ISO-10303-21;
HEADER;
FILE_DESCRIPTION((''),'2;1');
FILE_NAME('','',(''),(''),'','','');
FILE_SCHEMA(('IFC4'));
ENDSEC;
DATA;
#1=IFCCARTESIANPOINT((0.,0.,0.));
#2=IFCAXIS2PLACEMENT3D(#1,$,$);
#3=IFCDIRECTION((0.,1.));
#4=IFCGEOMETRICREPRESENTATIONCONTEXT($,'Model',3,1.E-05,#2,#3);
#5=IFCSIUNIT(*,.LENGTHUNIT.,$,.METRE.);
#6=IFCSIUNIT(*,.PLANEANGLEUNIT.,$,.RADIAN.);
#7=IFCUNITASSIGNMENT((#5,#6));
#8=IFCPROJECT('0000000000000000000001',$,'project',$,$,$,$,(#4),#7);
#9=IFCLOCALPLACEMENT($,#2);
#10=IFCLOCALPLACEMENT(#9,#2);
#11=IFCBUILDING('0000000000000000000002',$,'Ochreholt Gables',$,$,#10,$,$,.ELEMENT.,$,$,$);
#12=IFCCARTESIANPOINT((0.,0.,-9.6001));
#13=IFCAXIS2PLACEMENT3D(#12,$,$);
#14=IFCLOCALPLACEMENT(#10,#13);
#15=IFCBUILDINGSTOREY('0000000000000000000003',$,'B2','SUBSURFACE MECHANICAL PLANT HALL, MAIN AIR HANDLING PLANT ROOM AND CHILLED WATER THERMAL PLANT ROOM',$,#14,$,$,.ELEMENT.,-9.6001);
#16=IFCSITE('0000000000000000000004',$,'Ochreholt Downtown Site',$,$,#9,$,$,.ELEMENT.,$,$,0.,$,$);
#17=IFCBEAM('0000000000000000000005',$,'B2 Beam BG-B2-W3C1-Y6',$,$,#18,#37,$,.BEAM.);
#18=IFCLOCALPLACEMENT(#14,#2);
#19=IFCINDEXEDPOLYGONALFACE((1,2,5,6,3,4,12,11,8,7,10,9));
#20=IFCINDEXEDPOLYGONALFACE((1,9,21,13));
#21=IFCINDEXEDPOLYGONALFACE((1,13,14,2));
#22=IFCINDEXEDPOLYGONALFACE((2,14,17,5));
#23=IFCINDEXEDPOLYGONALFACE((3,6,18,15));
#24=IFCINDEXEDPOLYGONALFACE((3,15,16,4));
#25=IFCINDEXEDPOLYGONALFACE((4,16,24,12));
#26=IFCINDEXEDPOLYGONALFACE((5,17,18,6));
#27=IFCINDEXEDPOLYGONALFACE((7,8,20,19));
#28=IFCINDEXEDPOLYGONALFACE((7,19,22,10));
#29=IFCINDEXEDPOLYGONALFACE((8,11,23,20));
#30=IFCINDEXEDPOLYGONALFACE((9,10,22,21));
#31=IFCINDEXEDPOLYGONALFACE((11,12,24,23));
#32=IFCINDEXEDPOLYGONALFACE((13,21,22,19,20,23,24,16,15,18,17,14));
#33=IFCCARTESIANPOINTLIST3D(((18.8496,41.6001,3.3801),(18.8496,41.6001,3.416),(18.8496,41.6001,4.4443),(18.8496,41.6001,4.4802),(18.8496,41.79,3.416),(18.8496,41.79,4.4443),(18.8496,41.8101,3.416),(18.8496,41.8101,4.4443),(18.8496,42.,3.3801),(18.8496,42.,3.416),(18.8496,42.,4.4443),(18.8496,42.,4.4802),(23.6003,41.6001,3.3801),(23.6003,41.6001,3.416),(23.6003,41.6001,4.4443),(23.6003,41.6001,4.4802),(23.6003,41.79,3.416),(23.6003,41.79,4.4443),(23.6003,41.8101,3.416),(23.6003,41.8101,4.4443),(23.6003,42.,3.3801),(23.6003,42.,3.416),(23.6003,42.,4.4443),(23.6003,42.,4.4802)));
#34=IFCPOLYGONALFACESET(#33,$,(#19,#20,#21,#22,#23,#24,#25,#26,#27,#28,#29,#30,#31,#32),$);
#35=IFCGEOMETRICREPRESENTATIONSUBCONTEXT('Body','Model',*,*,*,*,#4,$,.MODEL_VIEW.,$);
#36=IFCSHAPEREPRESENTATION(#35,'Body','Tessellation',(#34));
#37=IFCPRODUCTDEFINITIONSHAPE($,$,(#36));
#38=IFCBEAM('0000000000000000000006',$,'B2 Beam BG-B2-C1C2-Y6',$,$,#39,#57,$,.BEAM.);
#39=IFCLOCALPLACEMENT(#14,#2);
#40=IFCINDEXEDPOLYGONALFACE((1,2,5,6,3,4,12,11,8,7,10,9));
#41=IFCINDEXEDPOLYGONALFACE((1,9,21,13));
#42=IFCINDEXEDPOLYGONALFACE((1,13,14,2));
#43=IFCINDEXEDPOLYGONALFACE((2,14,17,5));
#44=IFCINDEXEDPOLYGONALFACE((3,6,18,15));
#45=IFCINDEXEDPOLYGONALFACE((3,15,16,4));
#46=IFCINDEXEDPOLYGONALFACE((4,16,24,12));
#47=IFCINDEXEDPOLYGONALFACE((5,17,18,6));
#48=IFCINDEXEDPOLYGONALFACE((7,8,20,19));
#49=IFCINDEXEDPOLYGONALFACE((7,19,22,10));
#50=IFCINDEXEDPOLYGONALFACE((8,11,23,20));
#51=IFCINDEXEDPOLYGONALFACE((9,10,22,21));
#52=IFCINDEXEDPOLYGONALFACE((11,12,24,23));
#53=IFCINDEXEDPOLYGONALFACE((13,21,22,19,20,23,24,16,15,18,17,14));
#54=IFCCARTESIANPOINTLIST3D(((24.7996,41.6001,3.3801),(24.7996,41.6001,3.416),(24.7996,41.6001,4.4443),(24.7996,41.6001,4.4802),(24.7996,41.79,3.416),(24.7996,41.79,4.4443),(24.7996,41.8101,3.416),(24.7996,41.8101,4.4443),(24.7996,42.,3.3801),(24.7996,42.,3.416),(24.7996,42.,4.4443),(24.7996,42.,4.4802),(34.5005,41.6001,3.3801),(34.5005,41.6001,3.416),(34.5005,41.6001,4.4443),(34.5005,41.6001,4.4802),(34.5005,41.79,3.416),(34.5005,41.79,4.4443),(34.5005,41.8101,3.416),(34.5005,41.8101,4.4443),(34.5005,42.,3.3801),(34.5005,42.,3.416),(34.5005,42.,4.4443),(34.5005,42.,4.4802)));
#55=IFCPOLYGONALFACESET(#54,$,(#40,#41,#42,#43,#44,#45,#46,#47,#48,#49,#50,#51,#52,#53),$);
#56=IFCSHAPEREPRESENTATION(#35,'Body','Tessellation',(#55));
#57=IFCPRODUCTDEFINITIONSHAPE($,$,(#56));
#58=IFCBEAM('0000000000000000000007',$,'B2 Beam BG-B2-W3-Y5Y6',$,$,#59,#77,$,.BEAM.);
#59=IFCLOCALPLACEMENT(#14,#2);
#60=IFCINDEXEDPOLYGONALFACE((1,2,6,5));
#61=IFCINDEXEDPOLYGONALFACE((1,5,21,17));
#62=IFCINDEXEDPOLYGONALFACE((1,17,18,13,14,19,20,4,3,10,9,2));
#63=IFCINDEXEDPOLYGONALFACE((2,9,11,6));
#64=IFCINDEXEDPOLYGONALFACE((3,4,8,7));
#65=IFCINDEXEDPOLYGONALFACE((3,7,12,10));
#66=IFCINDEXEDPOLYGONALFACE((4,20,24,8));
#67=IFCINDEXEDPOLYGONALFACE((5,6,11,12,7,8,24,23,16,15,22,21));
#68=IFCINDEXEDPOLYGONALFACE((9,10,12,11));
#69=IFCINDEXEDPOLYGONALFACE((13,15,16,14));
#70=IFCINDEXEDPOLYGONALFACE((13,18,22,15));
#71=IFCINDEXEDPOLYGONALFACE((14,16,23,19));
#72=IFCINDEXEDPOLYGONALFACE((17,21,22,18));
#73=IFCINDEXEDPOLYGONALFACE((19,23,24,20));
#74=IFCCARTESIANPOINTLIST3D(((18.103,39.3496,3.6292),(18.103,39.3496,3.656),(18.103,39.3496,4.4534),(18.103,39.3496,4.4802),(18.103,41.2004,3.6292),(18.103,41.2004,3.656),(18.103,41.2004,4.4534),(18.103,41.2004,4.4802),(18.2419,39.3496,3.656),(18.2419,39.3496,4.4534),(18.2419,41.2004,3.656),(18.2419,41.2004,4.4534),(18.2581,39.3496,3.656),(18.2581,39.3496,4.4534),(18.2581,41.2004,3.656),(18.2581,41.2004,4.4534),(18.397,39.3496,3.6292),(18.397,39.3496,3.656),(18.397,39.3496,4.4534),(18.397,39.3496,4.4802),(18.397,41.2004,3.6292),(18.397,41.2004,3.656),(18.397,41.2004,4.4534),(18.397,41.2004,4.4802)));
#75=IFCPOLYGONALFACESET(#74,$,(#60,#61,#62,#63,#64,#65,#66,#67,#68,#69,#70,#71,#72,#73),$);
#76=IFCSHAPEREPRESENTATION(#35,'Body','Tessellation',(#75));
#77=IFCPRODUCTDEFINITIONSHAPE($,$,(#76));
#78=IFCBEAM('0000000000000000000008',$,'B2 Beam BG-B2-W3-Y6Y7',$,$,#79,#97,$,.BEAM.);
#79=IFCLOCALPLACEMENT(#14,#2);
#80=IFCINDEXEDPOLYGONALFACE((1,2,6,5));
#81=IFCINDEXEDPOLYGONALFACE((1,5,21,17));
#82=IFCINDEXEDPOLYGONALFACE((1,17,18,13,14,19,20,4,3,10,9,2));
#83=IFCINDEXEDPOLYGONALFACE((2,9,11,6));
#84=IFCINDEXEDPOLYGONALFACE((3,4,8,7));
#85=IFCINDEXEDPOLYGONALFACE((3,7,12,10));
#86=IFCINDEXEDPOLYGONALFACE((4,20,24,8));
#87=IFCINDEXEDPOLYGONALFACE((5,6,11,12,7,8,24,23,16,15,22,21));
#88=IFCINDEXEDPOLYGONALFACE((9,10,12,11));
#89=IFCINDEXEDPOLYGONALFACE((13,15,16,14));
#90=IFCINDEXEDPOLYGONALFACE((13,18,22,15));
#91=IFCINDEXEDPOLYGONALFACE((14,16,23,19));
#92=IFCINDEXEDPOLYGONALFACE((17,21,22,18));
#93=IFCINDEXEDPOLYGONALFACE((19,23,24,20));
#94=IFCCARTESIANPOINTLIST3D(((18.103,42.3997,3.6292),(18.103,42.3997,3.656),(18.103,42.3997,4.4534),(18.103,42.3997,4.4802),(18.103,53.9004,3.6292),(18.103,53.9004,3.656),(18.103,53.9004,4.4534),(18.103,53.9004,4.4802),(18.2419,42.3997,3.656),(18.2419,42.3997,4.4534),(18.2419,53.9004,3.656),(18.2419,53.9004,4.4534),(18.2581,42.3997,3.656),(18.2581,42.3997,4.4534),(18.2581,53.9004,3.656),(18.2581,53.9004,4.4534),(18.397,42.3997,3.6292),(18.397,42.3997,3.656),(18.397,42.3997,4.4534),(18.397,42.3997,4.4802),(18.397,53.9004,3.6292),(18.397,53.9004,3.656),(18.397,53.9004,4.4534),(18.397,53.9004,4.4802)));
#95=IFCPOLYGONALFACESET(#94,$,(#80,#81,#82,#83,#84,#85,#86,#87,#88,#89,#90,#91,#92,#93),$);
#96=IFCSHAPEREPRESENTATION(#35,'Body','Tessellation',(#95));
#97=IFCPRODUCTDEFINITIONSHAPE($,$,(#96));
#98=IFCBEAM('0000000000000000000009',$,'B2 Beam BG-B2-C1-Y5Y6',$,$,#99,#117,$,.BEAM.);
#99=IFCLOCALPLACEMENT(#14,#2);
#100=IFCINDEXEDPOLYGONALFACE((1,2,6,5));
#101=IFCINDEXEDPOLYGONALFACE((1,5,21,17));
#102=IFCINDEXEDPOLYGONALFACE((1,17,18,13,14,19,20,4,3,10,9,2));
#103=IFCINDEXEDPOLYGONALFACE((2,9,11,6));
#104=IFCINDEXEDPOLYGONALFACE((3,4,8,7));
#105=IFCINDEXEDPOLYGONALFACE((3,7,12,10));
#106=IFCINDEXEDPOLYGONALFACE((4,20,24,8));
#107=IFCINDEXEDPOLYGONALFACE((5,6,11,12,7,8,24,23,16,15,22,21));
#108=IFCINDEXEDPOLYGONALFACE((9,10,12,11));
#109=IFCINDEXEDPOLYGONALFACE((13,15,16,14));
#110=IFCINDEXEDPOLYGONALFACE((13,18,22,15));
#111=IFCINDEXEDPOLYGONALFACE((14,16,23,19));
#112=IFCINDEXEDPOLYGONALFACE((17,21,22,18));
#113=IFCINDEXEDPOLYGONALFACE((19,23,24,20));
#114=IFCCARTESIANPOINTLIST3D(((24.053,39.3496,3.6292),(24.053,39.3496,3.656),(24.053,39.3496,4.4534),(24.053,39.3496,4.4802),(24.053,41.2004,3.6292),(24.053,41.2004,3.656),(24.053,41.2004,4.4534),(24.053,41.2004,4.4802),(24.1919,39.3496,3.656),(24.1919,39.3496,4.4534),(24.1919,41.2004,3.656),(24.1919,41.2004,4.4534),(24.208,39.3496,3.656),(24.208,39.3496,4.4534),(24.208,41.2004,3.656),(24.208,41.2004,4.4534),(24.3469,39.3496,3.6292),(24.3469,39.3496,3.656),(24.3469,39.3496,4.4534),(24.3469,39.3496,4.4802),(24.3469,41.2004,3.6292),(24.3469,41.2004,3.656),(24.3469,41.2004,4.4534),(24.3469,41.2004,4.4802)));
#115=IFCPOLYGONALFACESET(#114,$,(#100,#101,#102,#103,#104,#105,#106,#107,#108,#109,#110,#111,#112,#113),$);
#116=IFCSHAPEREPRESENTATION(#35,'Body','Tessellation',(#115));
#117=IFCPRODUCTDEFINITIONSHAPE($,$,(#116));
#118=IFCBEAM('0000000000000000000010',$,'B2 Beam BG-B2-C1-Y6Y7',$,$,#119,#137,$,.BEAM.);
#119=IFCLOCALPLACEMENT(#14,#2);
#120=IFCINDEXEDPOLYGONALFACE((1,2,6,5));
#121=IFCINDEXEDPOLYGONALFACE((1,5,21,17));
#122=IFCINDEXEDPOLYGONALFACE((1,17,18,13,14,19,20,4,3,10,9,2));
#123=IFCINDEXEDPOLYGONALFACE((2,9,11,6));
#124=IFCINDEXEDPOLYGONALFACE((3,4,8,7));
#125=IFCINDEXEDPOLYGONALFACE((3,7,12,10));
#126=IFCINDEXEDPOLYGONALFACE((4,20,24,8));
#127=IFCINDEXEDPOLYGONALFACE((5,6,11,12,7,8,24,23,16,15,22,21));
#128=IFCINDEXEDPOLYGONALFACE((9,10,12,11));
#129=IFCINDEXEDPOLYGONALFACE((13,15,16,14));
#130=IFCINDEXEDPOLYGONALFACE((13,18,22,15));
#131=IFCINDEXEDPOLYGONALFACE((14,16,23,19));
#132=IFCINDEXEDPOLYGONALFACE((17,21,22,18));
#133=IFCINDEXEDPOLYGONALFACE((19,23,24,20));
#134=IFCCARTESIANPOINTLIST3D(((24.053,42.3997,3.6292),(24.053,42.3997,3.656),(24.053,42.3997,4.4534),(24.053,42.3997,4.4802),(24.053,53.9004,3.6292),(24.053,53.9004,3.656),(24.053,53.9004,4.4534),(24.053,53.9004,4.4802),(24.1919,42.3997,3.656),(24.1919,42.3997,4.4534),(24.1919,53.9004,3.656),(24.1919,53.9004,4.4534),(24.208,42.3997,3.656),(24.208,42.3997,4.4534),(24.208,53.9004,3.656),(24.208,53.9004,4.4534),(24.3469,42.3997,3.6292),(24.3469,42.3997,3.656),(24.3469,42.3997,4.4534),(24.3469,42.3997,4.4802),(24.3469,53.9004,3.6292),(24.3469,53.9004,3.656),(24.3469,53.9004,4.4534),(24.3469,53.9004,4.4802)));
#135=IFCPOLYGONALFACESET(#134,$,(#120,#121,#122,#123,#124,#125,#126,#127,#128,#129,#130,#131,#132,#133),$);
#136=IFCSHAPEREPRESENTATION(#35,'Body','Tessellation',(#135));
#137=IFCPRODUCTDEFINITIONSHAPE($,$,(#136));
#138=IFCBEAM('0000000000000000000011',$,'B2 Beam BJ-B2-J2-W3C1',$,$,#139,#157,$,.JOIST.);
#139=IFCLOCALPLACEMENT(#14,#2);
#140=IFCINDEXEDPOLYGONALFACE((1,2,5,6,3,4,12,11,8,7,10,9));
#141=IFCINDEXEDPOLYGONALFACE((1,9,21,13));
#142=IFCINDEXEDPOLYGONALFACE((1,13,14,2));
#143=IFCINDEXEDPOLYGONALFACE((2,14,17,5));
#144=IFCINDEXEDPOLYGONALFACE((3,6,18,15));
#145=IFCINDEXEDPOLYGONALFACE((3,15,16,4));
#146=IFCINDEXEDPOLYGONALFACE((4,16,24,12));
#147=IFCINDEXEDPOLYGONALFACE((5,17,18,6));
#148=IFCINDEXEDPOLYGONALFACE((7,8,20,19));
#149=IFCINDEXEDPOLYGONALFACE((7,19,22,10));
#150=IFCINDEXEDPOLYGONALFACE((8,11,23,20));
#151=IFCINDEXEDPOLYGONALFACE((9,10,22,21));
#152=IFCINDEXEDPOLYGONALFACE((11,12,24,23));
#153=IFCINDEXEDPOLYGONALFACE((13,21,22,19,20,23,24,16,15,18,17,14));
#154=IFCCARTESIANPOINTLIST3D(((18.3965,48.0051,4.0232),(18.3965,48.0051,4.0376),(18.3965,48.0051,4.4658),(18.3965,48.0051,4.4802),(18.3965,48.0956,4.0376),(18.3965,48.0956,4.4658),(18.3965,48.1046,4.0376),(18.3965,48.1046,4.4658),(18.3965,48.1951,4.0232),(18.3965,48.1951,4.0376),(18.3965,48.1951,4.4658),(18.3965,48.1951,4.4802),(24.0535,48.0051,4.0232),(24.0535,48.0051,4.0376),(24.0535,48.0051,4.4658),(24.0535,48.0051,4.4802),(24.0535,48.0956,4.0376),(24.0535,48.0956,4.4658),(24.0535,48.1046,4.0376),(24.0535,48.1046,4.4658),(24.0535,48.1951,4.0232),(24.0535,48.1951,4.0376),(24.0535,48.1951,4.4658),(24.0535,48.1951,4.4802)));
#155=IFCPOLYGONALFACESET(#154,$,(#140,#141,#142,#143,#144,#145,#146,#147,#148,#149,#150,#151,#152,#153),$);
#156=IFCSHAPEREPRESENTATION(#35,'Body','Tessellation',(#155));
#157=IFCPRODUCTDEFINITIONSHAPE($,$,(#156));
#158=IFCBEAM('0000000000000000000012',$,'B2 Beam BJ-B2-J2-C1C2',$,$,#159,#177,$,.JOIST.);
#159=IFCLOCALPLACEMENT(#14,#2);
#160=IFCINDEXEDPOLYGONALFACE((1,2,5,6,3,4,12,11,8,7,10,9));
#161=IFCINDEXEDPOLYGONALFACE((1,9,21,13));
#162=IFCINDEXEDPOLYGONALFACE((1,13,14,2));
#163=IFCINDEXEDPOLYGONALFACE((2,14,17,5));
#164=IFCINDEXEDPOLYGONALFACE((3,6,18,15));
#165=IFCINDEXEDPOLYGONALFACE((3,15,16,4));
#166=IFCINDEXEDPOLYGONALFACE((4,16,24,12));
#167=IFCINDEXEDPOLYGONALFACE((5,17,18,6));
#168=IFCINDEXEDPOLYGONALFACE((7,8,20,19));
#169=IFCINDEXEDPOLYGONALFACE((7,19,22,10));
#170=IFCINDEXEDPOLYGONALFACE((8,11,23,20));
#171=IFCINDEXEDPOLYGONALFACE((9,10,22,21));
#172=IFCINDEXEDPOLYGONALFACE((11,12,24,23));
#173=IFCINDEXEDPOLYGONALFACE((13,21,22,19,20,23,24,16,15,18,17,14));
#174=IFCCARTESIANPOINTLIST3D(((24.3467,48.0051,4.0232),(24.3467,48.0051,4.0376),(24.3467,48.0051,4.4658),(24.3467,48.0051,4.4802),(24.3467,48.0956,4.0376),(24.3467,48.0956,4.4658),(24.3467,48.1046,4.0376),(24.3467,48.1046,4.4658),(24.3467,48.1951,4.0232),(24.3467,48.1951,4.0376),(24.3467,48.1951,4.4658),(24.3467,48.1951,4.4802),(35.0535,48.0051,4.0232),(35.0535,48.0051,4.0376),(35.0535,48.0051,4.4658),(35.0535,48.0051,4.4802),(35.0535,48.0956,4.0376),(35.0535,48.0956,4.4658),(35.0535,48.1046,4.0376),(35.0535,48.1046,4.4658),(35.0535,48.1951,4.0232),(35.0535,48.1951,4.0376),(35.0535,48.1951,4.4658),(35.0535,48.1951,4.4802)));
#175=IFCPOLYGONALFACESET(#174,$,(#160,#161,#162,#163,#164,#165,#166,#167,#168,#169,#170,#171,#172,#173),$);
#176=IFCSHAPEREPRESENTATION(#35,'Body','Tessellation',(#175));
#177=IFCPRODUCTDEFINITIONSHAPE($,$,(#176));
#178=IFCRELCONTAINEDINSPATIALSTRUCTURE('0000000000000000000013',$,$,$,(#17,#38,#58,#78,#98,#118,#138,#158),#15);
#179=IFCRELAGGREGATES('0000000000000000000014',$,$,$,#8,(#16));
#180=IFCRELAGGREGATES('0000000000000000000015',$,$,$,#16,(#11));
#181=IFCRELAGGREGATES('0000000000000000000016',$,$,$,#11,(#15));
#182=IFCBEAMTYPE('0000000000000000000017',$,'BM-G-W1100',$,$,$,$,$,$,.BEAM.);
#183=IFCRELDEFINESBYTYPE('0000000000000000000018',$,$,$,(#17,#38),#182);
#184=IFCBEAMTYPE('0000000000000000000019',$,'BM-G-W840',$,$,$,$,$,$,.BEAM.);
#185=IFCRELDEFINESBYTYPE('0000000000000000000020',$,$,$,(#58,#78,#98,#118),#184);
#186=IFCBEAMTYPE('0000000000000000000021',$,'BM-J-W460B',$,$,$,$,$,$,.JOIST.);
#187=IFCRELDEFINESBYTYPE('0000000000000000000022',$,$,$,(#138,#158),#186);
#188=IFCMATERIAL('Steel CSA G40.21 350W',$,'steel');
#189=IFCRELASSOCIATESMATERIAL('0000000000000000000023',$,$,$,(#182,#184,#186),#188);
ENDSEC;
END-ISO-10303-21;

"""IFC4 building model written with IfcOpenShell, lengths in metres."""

from ifc_helpers import new_model, si_unit, direction, frame, origin, origin_2d, place, context, subcontext, project, spatial, i_section, extrude, material, material_profile, profile_set, type_object, element, save


model = new_model("IFC4")

# Units and contexts
model_context = context("Model", 3, precision=1e-05, world=origin(), true_north=direction((0.0, 1.0)))
body_context = subcontext(model_context, "Body", "Model", "MODEL_VIEW")
ifc_project = project(units=[si_unit("LENGTHUNIT", "METRE"), si_unit("PLANEANGLEUNIT", "RADIAN")], contexts=[model_context])

# Site, building, storey
site_placement = place(None, origin())
site = spatial("IfcSite", under=ifc_project, at=site_placement, Name="Ochreholt Downtown Site", CompositionType="ELEMENT", RefElevation=0.0)
building_placement = place(site_placement, origin())
building = spatial("IfcBuilding", under=site, at=building_placement, Name="Ochreholt Gables", CompositionType="ELEMENT")
storey_placement = place(building_placement, frame((0.0, 0.0, -9.6001)))
storey = spatial("IfcBuildingStorey", under=building, at=storey_placement, Name="B2", Description="SUBSURFACE MECHANICAL PLANT HALL, MAIN AIR HANDLING PLANT ROOM AND CHILLED WATER THERMAL PLANT ROOM", CompositionType="ELEMENT", Elevation=-9.6001)

# Shared definitions
ifc_material_1 = material(Name="Steel CSA G40.21 350W", Category="steel")

# Beams
ifc_material_profile_1 = material_profile(ifc_material_1, i_section(OverallWidth=0.3999, OverallDepth=1.1001, WebThickness=0.02, FlangeThickness=0.0359, at=origin_2d()), Name="W1100X390")
ifc_profile_set_1 = profile_set([ifc_material_profile_1], Name="Steel CSA G40.21 350W")
beam_type_1 = type_object("IfcBeamType", Name="BM-G-W1100", PredefinedType="BEAM", material=ifc_profile_set_1)
beam_1_placement = place(storey_placement, frame((18.8496, 41.8, 3.9302), z_axis=(1.0, 0.0, 0.0), x_axis=(0.0, 1.0, 0.0)))
element("IfcBeam", 1, at=beam_1_placement, inside=storey, type_object=beam_type_1, Name="B2 Beam BG-B2-W3C1-Y6", PredefinedType="BEAM", context=body_context, shape_type="SweptSolid", body=[
    extrude(i_section(OverallWidth=0.3999, OverallDepth=1.1001, WebThickness=0.02, FlangeThickness=0.0359, at=origin_2d()), origin(), (0.0, 0.0, 1.0), 4.7507),
])
beam_2_placement = place(storey_placement, frame((24.7996, 41.8, 3.9302), z_axis=(1.0, 0.0, 0.0), x_axis=(0.0, 1.0, 0.0)))
element("IfcBeam", 2, at=beam_2_placement, inside=storey, type_object=beam_type_1, Name="B2 Beam BG-B2-C1C2-Y6", PredefinedType="BEAM", context=body_context, shape_type="SweptSolid", body=[
    extrude(i_section(OverallWidth=0.3999, OverallDepth=1.1001, WebThickness=0.02, FlangeThickness=0.0359, at=origin_2d()), origin(), (0.0, 0.0, 1.0), 9.7009),
])
ifc_material_profile_2 = material_profile(ifc_material_1, i_section(OverallWidth=0.2939, OverallDepth=0.8511, WebThickness=0.0161, FlangeThickness=0.0269, at=origin_2d()), Name="W840X226")
ifc_profile_set_2 = profile_set([ifc_material_profile_2], Name="Steel CSA G40.21 350W")
beam_type_2 = type_object("IfcBeamType", Name="BM-G-W840", PredefinedType="BEAM", material=ifc_profile_set_2)
beam_3_placement = place(storey_placement, frame((18.25, 39.3496, 4.0547), z_axis=(0.0, 1.0, 0.0), x_axis=(-1.0, 0.0, 0.0)))
element("IfcBeam", 3, at=beam_3_placement, inside=storey, type_object=beam_type_2, Name="B2 Beam BG-B2-W3-Y5Y6", PredefinedType="BEAM", context=body_context, shape_type="SweptSolid", body=[
    extrude(i_section(OverallWidth=0.2939, OverallDepth=0.8511, WebThickness=0.0161, FlangeThickness=0.0269, at=origin_2d()), origin(), (0.0, 0.0, 1.0), 1.8508),
])
beam_4_placement = place(storey_placement, frame((18.25, 42.3997, 4.0547), z_axis=(0.0, 1.0, 0.0), x_axis=(-1.0, 0.0, 0.0)))
element("IfcBeam", 4, at=beam_4_placement, inside=storey, type_object=beam_type_2, Name="B2 Beam BG-B2-W3-Y6Y7", PredefinedType="BEAM", context=body_context, shape_type="SweptSolid", body=[
    extrude(i_section(OverallWidth=0.2939, OverallDepth=0.8511, WebThickness=0.0161, FlangeThickness=0.0269, at=origin_2d()), origin(), (0.0, 0.0, 1.0), 11.5007),
])
beam_5_placement = place(storey_placement, frame((24.2, 39.3496, 4.0547), z_axis=(0.0, 1.0, 0.0), x_axis=(-1.0, 0.0, 0.0)))
element("IfcBeam", 5, at=beam_5_placement, inside=storey, type_object=beam_type_2, Name="B2 Beam BG-B2-C1-Y5Y6", PredefinedType="BEAM", context=body_context, shape_type="SweptSolid", body=[
    extrude(i_section(OverallWidth=0.2939, OverallDepth=0.8511, WebThickness=0.0161, FlangeThickness=0.0269, at=origin_2d()), origin(), (0.0, 0.0, 1.0), 1.8508),
])
beam_6_placement = place(storey_placement, frame((24.2, 42.3997, 4.0547), z_axis=(0.0, 1.0, 0.0), x_axis=(-1.0, 0.0, 0.0)))
element("IfcBeam", 6, at=beam_6_placement, inside=storey, type_object=beam_type_2, Name="B2 Beam BG-B2-C1-Y6Y7", PredefinedType="BEAM", context=body_context, shape_type="SweptSolid", body=[
    extrude(i_section(OverallWidth=0.2939, OverallDepth=0.8511, WebThickness=0.0161, FlangeThickness=0.0269, at=origin_2d()), origin(), (0.0, 0.0, 1.0), 11.5007),
])
ifc_material_profile_3 = material_profile(ifc_material_1, i_section(OverallWidth=0.1899, OverallDepth=0.457, WebThickness=0.009, FlangeThickness=0.0144, at=origin_2d()), Name="W460X74")
ifc_profile_set_3 = profile_set([ifc_material_profile_3], Name="Steel CSA G40.21 350W")
beam_type_3 = type_object("IfcBeamType", Name="BM-J-W460B", PredefinedType="JOIST", material=ifc_profile_set_3)
beam_7_placement = place(storey_placement, frame((18.3965, 48.1001, 4.2517), z_axis=(1.0, 0.0, 0.0), x_axis=(0.0, 1.0, 0.0)))
element("IfcBeam", 7, at=beam_7_placement, inside=storey, type_object=beam_type_3, Name="B2 Beam BJ-B2-J2-W3C1", PredefinedType="JOIST", context=body_context, shape_type="SweptSolid", body=[
    extrude(i_section(OverallWidth=0.1899, OverallDepth=0.457, WebThickness=0.009, FlangeThickness=0.0144, at=origin_2d()), origin(), (0.0, 0.0, 1.0), 5.657),
])
beam_8_placement = place(storey_placement, frame((24.3467, 48.1001, 4.2517), z_axis=(1.0, 0.0, 0.0), x_axis=(0.0, 1.0, 0.0)))
element("IfcBeam", 8, at=beam_8_placement, inside=storey, type_object=beam_type_3, Name="B2 Beam BJ-B2-J2-C1C2", PredefinedType="JOIST", context=body_context, shape_type="SweptSolid", body=[
    extrude(i_section(OverallWidth=0.1899, OverallDepth=0.457, WebThickness=0.009, FlangeThickness=0.0144, at=origin_2d()), origin(), (0.0, 0.0, 1.0), 10.7068),
])

save(model, "model.ifc")
